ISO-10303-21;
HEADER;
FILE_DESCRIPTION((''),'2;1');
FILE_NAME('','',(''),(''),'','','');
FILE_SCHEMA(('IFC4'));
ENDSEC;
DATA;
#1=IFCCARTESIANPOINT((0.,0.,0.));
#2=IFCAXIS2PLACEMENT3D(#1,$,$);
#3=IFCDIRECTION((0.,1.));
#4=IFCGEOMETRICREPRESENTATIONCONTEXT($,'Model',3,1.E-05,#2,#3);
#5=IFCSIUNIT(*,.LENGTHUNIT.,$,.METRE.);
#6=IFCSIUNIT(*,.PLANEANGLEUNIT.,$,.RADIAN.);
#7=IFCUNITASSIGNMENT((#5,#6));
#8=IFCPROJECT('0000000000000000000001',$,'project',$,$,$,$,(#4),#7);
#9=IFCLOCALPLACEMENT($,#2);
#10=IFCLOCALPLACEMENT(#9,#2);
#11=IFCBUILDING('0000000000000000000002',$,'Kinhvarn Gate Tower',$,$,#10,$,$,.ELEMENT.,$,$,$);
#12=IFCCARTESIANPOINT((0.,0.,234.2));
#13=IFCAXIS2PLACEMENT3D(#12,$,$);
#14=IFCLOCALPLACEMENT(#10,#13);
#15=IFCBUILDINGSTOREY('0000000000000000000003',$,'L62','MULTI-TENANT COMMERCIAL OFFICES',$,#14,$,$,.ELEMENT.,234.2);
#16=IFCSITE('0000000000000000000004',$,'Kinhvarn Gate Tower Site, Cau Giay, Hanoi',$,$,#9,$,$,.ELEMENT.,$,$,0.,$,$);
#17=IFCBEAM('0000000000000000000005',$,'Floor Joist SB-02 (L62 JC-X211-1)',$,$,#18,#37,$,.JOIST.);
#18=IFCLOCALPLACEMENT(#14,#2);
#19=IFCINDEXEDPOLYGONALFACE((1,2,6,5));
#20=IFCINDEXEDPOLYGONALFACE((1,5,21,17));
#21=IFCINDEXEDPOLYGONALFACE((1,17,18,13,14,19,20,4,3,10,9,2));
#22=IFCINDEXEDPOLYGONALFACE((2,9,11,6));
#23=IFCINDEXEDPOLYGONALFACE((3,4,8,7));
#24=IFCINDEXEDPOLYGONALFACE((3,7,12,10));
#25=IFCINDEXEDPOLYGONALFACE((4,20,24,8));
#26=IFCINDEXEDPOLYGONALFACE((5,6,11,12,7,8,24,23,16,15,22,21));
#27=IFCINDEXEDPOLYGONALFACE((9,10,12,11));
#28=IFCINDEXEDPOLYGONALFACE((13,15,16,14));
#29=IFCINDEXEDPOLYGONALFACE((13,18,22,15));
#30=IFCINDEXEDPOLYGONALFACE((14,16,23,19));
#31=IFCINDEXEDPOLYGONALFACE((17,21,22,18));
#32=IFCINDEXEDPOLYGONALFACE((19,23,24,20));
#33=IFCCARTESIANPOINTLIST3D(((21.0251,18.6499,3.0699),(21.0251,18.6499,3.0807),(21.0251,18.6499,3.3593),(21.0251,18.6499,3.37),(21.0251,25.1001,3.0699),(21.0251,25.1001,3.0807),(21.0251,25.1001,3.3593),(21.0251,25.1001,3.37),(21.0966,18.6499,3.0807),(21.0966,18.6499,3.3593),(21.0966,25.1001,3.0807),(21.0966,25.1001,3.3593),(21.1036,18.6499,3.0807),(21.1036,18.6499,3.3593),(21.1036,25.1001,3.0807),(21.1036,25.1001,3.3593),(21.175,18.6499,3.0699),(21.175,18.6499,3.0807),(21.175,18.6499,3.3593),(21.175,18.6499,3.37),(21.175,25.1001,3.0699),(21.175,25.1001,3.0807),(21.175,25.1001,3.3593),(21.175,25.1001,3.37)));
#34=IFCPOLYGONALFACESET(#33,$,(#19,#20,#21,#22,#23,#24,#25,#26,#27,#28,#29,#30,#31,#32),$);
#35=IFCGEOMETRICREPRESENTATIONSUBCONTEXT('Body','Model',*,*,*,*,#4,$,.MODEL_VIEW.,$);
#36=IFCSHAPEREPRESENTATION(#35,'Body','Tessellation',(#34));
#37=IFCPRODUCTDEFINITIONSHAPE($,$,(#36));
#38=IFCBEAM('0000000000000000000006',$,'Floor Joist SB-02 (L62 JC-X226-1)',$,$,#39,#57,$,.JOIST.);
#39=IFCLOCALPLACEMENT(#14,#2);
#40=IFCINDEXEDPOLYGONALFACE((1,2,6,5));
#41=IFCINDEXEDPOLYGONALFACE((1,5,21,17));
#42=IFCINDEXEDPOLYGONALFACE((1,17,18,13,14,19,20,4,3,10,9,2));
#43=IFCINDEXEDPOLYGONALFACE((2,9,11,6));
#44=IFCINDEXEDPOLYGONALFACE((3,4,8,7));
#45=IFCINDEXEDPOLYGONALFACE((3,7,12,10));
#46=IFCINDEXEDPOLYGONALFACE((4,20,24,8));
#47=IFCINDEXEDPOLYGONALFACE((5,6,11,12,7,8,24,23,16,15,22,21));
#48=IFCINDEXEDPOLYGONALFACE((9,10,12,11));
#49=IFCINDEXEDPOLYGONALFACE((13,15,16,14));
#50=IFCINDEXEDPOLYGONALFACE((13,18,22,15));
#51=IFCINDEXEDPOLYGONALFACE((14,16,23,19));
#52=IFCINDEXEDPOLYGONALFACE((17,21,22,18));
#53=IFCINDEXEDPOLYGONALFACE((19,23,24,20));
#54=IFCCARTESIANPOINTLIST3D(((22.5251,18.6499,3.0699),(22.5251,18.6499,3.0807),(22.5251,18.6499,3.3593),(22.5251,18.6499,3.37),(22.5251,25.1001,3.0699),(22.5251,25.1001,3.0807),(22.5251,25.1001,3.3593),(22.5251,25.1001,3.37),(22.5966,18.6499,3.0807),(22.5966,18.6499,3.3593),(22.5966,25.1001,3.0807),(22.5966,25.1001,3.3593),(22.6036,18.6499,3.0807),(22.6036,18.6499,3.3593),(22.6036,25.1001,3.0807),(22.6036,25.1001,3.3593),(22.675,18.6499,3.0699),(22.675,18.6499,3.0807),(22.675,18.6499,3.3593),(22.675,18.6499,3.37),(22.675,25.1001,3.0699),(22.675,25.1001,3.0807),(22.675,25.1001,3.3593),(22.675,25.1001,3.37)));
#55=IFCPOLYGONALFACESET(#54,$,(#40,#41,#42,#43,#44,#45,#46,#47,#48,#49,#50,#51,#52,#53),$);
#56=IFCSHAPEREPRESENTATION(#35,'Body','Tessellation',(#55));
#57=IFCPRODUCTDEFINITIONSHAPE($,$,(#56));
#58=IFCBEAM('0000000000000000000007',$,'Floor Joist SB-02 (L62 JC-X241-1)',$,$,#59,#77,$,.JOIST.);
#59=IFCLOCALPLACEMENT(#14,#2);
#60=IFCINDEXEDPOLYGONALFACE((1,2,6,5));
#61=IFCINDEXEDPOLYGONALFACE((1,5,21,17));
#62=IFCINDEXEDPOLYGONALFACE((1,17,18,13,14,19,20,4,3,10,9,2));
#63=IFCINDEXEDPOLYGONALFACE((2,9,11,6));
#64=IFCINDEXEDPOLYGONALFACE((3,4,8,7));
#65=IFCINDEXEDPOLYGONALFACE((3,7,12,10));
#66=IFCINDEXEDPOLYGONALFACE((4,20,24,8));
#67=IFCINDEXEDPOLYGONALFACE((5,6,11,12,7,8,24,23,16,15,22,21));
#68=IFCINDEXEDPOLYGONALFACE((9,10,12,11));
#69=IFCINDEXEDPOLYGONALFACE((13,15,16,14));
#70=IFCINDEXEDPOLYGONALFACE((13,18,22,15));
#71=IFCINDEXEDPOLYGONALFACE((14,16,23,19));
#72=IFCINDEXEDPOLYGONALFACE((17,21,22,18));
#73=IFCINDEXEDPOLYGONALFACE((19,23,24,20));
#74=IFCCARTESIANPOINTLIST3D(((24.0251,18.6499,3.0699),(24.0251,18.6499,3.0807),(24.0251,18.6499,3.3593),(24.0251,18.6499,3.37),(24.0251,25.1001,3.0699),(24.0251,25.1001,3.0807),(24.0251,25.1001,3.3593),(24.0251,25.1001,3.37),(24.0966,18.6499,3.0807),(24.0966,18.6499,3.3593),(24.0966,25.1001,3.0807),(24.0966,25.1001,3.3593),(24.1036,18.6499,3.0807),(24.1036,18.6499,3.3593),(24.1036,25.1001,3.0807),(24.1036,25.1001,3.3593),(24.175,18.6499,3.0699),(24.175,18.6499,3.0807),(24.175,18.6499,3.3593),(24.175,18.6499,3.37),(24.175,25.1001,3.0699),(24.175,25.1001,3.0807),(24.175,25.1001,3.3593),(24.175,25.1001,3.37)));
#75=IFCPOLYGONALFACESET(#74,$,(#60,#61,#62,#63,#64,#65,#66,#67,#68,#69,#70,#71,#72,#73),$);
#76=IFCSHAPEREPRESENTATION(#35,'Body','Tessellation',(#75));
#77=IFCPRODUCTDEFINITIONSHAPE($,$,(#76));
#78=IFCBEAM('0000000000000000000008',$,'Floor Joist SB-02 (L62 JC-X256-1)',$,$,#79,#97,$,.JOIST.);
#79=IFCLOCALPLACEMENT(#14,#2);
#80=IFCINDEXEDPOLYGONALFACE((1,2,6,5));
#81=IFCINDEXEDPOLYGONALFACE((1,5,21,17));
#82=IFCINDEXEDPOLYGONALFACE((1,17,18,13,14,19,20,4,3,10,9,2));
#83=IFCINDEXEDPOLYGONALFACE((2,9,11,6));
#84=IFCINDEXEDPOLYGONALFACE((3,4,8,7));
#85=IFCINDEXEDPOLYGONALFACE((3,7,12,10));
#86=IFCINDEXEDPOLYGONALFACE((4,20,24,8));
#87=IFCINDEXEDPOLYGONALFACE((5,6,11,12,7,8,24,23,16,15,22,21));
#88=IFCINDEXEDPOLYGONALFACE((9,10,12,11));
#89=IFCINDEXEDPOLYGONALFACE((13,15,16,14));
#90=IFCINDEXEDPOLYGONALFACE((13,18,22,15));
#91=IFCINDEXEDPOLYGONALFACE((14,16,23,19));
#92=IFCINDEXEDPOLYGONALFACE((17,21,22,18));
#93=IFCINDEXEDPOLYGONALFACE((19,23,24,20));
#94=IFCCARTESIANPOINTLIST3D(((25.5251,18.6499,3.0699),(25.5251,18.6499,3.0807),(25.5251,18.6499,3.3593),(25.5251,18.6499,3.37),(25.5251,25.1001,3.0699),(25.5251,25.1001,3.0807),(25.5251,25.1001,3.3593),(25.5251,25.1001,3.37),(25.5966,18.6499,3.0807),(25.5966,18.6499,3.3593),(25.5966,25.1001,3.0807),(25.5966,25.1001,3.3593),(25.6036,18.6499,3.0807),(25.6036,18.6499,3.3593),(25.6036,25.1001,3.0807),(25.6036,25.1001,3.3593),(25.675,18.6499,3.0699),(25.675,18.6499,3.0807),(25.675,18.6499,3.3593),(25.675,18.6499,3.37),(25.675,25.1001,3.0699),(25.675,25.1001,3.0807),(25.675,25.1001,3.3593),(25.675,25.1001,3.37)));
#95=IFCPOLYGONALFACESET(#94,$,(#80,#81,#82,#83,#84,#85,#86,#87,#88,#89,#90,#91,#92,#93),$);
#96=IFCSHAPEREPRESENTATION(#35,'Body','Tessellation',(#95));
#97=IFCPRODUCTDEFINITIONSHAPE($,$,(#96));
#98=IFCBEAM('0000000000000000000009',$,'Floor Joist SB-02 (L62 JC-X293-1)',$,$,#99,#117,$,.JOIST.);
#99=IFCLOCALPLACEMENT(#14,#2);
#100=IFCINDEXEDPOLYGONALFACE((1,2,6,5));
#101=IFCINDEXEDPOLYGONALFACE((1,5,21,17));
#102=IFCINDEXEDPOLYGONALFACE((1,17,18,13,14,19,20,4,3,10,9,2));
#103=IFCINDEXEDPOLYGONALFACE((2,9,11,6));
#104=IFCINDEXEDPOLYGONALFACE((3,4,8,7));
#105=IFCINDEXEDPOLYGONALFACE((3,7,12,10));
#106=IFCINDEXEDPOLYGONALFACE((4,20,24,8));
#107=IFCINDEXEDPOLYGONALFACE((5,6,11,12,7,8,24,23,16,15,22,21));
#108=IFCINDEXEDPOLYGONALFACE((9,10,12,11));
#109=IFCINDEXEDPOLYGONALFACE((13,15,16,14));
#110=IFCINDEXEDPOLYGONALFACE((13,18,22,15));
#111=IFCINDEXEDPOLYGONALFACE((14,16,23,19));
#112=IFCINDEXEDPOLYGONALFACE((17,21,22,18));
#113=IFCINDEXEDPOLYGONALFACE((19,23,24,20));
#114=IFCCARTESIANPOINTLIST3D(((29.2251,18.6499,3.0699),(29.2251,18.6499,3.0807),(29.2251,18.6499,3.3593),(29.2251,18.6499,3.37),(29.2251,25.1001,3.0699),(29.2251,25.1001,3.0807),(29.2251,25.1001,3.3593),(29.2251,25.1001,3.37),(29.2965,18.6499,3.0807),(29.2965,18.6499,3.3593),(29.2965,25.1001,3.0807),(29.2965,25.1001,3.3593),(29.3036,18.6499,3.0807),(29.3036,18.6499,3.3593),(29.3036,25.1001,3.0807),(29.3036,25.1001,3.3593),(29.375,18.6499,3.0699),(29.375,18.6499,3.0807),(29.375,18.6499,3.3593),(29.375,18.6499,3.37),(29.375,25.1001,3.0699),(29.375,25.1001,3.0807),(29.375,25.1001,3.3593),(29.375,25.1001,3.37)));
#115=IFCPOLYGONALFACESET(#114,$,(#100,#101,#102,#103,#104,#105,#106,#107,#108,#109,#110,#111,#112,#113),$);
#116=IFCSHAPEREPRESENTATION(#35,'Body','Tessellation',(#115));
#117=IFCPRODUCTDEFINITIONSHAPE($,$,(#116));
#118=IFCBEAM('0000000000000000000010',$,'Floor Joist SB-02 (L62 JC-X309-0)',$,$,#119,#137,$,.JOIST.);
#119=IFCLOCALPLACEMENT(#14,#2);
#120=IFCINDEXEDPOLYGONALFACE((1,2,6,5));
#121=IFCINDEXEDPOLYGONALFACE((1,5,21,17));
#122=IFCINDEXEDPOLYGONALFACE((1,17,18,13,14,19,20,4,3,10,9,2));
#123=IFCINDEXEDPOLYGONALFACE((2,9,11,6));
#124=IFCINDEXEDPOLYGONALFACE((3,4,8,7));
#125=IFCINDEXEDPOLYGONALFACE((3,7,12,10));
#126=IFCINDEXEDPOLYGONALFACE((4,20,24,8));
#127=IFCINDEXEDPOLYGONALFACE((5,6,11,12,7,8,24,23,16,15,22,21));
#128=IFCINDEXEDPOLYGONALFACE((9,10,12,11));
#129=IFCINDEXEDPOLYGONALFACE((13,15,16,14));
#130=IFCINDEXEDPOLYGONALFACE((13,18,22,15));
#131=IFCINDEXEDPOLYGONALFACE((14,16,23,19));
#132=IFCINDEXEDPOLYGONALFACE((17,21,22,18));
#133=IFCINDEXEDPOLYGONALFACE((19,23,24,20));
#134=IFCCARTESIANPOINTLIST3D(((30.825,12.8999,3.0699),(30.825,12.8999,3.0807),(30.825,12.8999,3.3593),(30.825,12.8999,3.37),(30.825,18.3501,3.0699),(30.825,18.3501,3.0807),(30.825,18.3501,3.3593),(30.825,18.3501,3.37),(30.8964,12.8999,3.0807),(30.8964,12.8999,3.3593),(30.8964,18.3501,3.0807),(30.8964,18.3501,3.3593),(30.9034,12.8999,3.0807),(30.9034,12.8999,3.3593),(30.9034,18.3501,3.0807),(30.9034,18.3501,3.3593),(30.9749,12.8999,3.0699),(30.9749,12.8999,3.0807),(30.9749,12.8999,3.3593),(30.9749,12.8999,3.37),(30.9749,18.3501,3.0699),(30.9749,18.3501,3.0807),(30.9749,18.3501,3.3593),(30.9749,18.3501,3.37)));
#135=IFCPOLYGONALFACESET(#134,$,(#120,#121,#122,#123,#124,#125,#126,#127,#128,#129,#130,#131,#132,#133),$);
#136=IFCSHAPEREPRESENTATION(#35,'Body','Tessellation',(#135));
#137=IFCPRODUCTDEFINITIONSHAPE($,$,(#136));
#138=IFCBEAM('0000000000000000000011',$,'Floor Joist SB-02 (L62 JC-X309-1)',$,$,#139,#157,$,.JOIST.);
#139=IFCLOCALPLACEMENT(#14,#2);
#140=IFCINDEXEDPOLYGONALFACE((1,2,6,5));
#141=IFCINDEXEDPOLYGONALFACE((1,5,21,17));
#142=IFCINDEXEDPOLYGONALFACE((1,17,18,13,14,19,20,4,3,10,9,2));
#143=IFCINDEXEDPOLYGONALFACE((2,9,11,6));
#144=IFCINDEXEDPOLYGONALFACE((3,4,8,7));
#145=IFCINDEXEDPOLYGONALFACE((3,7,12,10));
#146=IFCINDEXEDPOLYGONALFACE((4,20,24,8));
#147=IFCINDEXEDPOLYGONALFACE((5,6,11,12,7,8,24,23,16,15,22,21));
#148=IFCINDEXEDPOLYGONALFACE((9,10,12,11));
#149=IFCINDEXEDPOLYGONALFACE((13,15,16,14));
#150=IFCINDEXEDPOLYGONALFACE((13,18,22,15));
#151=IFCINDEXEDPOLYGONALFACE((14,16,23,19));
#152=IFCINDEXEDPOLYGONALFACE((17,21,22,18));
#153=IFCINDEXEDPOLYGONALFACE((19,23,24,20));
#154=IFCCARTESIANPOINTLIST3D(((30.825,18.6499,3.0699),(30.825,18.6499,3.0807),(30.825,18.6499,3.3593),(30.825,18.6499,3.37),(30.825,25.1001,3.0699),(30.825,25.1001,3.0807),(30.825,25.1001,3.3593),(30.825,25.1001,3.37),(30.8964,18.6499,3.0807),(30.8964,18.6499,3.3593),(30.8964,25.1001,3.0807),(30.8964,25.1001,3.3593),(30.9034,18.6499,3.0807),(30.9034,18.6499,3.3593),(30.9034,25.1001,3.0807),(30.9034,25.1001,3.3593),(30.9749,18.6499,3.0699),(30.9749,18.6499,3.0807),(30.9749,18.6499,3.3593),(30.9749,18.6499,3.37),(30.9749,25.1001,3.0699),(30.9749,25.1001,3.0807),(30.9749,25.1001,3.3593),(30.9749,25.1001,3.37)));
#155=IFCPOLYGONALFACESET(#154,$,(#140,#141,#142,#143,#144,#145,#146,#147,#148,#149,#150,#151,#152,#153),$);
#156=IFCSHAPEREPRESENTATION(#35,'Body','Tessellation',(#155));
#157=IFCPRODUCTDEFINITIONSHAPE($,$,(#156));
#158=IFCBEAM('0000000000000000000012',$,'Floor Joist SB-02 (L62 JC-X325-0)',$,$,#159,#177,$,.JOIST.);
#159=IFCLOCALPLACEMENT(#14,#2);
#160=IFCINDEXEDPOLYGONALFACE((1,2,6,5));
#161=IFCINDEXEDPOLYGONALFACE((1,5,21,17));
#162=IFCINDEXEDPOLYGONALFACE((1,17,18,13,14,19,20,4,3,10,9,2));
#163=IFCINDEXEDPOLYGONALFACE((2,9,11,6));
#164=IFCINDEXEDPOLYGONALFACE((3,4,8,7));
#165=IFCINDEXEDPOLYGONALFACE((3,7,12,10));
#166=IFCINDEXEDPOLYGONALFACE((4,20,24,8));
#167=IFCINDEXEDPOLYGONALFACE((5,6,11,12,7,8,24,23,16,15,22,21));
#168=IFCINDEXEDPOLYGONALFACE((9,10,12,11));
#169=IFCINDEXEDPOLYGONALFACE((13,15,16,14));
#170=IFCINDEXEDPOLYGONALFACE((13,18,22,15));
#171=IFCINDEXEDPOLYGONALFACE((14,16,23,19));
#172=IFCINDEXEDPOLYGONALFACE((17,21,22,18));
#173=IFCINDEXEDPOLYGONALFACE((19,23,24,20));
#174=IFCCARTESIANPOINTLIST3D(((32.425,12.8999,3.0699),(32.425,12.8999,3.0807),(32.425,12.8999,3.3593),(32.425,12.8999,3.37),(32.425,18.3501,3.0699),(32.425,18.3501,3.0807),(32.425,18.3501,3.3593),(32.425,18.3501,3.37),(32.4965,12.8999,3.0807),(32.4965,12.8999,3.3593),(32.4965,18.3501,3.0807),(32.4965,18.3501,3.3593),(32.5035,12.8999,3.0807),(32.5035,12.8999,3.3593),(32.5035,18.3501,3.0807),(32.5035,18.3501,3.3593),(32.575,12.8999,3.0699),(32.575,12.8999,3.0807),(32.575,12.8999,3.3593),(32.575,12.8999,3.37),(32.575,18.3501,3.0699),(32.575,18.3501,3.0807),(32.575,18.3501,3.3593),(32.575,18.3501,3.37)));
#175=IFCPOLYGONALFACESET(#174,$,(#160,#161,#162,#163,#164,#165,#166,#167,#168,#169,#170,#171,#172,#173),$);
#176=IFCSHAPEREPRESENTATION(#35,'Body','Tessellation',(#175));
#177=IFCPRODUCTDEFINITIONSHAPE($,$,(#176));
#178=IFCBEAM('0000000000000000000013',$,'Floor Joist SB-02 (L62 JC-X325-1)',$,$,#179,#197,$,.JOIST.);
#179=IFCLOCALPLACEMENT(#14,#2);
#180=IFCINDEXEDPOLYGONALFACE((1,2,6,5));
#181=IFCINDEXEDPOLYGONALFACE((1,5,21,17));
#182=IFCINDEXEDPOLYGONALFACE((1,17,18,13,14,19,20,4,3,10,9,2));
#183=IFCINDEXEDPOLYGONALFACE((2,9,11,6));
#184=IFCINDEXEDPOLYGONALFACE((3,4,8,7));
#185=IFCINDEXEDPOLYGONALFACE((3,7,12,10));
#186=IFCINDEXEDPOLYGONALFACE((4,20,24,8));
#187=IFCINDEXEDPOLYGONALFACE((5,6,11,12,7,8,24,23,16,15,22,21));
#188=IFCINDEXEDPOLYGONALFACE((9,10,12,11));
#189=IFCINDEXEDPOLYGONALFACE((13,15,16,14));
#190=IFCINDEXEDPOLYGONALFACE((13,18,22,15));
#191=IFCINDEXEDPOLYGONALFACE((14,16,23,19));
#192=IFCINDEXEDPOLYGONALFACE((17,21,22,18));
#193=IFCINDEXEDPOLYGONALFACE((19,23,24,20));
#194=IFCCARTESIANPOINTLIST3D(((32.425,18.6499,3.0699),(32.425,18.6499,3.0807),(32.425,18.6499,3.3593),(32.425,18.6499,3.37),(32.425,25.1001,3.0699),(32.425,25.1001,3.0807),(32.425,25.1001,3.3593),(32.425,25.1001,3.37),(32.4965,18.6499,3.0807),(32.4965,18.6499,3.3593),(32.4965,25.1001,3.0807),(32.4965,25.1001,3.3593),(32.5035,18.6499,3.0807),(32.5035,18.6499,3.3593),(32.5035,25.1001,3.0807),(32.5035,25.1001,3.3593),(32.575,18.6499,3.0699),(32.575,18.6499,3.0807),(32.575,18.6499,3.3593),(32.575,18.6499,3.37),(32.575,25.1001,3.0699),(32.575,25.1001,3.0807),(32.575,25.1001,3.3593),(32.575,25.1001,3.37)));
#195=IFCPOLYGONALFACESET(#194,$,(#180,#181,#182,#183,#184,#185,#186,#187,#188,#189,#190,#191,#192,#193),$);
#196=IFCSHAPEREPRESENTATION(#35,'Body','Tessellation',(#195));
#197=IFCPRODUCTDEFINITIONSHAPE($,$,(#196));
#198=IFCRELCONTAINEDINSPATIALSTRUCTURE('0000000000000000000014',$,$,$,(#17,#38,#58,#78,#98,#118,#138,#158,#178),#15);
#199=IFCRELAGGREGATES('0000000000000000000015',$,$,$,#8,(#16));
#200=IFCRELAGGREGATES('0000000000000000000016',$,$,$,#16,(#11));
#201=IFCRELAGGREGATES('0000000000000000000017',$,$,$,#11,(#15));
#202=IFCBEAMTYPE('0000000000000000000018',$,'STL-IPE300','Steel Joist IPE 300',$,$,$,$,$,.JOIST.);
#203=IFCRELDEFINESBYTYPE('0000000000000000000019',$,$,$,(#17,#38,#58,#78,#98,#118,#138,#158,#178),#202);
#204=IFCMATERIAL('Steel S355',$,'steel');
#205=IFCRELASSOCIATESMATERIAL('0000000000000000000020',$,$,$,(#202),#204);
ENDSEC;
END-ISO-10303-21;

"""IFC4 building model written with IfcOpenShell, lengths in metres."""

from ifc_helpers import new_model, si_unit, direction, frame, origin, origin_2d, place, context, subcontext, project, spatial, i_section, extrude, material, material_profile, profile_set, type_object, element, save


model = new_model("IFC4")

# Units and contexts
model_context = context("Model", 3, precision=1e-05, world=origin(), true_north=direction((0.0, 1.0)))
body_context = subcontext(model_context, "Body", "Model", "MODEL_VIEW")
ifc_project = project(units=[si_unit("LENGTHUNIT", "METRE"), si_unit("PLANEANGLEUNIT", "RADIAN")], contexts=[model_context])

# Site, building, storey
site_placement = place(None, origin())
site = spatial("IfcSite", under=ifc_project, at=site_placement, Name="Kinhvarn Gate Tower Site, Cau Giay, Hanoi", CompositionType="ELEMENT", RefElevation=0.0)
building_placement = place(site_placement, origin())
building = spatial("IfcBuilding", under=site, at=building_placement, Name="Kinhvarn Gate Tower", CompositionType="ELEMENT")
storey_placement = place(building_placement, frame((0.0, 0.0, 234.2)))
storey = spatial("IfcBuildingStorey", under=building, at=storey_placement, Name="L62", Description="MULTI-TENANT COMMERCIAL OFFICES", CompositionType="ELEMENT", Elevation=234.2)

# Beams
ifc_material_1 = material(Name="Steel S355", Category="steel")
ifc_material_profile = material_profile(ifc_material_1, i_section(OverallWidth=0.1499, OverallDepth=0.3, WebThickness=0.0071, FlangeThickness=0.0107, at=origin_2d()), Name="IPE 300")
ifc_profile_set = profile_set([ifc_material_profile], Name="Steel S355")
beam_type = type_object("IfcBeamType", Name="STL-IPE300", Description="Steel Joist IPE 300", PredefinedType="JOIST", material=ifc_profile_set)
for number, where, z_axis, x_axis, name in (
    (1, (21.1001, 18.6499, 3.22), (0.0, 1.0, 0.0), (-1.0, 0.0, 0.0), "Floor Joist SB-02 (L62 JC-X211-1)"),
    (2, (22.6001, 18.6499, 3.22), (0.0, 1.0, 0.0), (-1.0, 0.0, 0.0), "Floor Joist SB-02 (L62 JC-X226-1)"),
    (3, (24.1001, 18.6499, 3.22), (0.0, 1.0, 0.0), (-1.0, 0.0, 0.0), "Floor Joist SB-02 (L62 JC-X241-1)"),
    (4, (25.6001, 18.6499, 3.22), (0.0, 1.0, 0.0), (-1.0, 0.0, 0.0), "Floor Joist SB-02 (L62 JC-X256-1)"),
    (5, (29.3, 18.6499, 3.22), (0.0, 1.0, 0.0), (-1.0, 0.0, 0.0), "Floor Joist SB-02 (L62 JC-X293-1)"),
):
    element("IfcBeam", number, at=place(storey_placement, frame(where, z_axis=z_axis, x_axis=x_axis)), inside=storey, type_object=beam_type, Name=name, PredefinedType="JOIST", context=body_context, shape_type="SweptSolid", body=[
        extrude(i_section(OverallWidth=0.1499, OverallDepth=0.3, WebThickness=0.0071, FlangeThickness=0.0107, at=origin_2d()), origin(), (0.0, 0.0, 1.0), 6.4502),
    ])
beam_1_placement = place(storey_placement, frame((30.8999, 12.8999, 3.22), z_axis=(0.0, 1.0, 0.0), x_axis=(-1.0, 0.0, 0.0)))
element("IfcBeam", 6, at=beam_1_placement, inside=storey, type_object=beam_type, Name="Floor Joist SB-02 (L62 JC-X309-0)", PredefinedType="JOIST", context=body_context, shape_type="SweptSolid", body=[
    extrude(i_section(OverallWidth=0.1499, OverallDepth=0.3, WebThickness=0.0071, FlangeThickness=0.0107, at=origin_2d()), origin(), (0.0, 0.0, 1.0), 5.4502),
])
beam_2_placement = place(storey_placement, frame((30.8999, 18.6499, 3.22), z_axis=(0.0, 1.0, 0.0), x_axis=(-1.0, 0.0, 0.0)))
element("IfcBeam", 7, at=beam_2_placement, inside=storey, type_object=beam_type, Name="Floor Joist SB-02 (L62 JC-X309-1)", PredefinedType="JOIST", context=body_context, shape_type="SweptSolid", body=[
    extrude(i_section(OverallWidth=0.1499, OverallDepth=0.3, WebThickness=0.0071, FlangeThickness=0.0107, at=origin_2d()), origin(), (0.0, 0.0, 1.0), 6.4502),
])
beam_3_placement = place(storey_placement, frame((32.5, 12.8999, 3.22), z_axis=(0.0, 1.0, 0.0), x_axis=(-1.0, 0.0, 0.0)))
element("IfcBeam", 8, at=beam_3_placement, inside=storey, type_object=beam_type, Name="Floor Joist SB-02 (L62 JC-X325-0)", PredefinedType="JOIST", context=body_context, shape_type="SweptSolid", body=[
    extrude(i_section(OverallWidth=0.1499, OverallDepth=0.3, WebThickness=0.0071, FlangeThickness=0.0107, at=origin_2d()), origin(), (0.0, 0.0, 1.0), 5.4502),
])
beam_4_placement = place(storey_placement, frame((32.5, 18.6499, 3.22), z_axis=(0.0, 1.0, 0.0), x_axis=(-1.0, 0.0, 0.0)))
element("IfcBeam", 9, at=beam_4_placement, inside=storey, type_object=beam_type, Name="Floor Joist SB-02 (L62 JC-X325-1)", PredefinedType="JOIST", context=body_context, shape_type="SweptSolid", body=[
    extrude(i_section(OverallWidth=0.1499, OverallDepth=0.3, WebThickness=0.0071, FlangeThickness=0.0107, at=origin_2d()), origin(), (0.0, 0.0, 1.0), 6.4502),
])

save(model, "model.ifc")
